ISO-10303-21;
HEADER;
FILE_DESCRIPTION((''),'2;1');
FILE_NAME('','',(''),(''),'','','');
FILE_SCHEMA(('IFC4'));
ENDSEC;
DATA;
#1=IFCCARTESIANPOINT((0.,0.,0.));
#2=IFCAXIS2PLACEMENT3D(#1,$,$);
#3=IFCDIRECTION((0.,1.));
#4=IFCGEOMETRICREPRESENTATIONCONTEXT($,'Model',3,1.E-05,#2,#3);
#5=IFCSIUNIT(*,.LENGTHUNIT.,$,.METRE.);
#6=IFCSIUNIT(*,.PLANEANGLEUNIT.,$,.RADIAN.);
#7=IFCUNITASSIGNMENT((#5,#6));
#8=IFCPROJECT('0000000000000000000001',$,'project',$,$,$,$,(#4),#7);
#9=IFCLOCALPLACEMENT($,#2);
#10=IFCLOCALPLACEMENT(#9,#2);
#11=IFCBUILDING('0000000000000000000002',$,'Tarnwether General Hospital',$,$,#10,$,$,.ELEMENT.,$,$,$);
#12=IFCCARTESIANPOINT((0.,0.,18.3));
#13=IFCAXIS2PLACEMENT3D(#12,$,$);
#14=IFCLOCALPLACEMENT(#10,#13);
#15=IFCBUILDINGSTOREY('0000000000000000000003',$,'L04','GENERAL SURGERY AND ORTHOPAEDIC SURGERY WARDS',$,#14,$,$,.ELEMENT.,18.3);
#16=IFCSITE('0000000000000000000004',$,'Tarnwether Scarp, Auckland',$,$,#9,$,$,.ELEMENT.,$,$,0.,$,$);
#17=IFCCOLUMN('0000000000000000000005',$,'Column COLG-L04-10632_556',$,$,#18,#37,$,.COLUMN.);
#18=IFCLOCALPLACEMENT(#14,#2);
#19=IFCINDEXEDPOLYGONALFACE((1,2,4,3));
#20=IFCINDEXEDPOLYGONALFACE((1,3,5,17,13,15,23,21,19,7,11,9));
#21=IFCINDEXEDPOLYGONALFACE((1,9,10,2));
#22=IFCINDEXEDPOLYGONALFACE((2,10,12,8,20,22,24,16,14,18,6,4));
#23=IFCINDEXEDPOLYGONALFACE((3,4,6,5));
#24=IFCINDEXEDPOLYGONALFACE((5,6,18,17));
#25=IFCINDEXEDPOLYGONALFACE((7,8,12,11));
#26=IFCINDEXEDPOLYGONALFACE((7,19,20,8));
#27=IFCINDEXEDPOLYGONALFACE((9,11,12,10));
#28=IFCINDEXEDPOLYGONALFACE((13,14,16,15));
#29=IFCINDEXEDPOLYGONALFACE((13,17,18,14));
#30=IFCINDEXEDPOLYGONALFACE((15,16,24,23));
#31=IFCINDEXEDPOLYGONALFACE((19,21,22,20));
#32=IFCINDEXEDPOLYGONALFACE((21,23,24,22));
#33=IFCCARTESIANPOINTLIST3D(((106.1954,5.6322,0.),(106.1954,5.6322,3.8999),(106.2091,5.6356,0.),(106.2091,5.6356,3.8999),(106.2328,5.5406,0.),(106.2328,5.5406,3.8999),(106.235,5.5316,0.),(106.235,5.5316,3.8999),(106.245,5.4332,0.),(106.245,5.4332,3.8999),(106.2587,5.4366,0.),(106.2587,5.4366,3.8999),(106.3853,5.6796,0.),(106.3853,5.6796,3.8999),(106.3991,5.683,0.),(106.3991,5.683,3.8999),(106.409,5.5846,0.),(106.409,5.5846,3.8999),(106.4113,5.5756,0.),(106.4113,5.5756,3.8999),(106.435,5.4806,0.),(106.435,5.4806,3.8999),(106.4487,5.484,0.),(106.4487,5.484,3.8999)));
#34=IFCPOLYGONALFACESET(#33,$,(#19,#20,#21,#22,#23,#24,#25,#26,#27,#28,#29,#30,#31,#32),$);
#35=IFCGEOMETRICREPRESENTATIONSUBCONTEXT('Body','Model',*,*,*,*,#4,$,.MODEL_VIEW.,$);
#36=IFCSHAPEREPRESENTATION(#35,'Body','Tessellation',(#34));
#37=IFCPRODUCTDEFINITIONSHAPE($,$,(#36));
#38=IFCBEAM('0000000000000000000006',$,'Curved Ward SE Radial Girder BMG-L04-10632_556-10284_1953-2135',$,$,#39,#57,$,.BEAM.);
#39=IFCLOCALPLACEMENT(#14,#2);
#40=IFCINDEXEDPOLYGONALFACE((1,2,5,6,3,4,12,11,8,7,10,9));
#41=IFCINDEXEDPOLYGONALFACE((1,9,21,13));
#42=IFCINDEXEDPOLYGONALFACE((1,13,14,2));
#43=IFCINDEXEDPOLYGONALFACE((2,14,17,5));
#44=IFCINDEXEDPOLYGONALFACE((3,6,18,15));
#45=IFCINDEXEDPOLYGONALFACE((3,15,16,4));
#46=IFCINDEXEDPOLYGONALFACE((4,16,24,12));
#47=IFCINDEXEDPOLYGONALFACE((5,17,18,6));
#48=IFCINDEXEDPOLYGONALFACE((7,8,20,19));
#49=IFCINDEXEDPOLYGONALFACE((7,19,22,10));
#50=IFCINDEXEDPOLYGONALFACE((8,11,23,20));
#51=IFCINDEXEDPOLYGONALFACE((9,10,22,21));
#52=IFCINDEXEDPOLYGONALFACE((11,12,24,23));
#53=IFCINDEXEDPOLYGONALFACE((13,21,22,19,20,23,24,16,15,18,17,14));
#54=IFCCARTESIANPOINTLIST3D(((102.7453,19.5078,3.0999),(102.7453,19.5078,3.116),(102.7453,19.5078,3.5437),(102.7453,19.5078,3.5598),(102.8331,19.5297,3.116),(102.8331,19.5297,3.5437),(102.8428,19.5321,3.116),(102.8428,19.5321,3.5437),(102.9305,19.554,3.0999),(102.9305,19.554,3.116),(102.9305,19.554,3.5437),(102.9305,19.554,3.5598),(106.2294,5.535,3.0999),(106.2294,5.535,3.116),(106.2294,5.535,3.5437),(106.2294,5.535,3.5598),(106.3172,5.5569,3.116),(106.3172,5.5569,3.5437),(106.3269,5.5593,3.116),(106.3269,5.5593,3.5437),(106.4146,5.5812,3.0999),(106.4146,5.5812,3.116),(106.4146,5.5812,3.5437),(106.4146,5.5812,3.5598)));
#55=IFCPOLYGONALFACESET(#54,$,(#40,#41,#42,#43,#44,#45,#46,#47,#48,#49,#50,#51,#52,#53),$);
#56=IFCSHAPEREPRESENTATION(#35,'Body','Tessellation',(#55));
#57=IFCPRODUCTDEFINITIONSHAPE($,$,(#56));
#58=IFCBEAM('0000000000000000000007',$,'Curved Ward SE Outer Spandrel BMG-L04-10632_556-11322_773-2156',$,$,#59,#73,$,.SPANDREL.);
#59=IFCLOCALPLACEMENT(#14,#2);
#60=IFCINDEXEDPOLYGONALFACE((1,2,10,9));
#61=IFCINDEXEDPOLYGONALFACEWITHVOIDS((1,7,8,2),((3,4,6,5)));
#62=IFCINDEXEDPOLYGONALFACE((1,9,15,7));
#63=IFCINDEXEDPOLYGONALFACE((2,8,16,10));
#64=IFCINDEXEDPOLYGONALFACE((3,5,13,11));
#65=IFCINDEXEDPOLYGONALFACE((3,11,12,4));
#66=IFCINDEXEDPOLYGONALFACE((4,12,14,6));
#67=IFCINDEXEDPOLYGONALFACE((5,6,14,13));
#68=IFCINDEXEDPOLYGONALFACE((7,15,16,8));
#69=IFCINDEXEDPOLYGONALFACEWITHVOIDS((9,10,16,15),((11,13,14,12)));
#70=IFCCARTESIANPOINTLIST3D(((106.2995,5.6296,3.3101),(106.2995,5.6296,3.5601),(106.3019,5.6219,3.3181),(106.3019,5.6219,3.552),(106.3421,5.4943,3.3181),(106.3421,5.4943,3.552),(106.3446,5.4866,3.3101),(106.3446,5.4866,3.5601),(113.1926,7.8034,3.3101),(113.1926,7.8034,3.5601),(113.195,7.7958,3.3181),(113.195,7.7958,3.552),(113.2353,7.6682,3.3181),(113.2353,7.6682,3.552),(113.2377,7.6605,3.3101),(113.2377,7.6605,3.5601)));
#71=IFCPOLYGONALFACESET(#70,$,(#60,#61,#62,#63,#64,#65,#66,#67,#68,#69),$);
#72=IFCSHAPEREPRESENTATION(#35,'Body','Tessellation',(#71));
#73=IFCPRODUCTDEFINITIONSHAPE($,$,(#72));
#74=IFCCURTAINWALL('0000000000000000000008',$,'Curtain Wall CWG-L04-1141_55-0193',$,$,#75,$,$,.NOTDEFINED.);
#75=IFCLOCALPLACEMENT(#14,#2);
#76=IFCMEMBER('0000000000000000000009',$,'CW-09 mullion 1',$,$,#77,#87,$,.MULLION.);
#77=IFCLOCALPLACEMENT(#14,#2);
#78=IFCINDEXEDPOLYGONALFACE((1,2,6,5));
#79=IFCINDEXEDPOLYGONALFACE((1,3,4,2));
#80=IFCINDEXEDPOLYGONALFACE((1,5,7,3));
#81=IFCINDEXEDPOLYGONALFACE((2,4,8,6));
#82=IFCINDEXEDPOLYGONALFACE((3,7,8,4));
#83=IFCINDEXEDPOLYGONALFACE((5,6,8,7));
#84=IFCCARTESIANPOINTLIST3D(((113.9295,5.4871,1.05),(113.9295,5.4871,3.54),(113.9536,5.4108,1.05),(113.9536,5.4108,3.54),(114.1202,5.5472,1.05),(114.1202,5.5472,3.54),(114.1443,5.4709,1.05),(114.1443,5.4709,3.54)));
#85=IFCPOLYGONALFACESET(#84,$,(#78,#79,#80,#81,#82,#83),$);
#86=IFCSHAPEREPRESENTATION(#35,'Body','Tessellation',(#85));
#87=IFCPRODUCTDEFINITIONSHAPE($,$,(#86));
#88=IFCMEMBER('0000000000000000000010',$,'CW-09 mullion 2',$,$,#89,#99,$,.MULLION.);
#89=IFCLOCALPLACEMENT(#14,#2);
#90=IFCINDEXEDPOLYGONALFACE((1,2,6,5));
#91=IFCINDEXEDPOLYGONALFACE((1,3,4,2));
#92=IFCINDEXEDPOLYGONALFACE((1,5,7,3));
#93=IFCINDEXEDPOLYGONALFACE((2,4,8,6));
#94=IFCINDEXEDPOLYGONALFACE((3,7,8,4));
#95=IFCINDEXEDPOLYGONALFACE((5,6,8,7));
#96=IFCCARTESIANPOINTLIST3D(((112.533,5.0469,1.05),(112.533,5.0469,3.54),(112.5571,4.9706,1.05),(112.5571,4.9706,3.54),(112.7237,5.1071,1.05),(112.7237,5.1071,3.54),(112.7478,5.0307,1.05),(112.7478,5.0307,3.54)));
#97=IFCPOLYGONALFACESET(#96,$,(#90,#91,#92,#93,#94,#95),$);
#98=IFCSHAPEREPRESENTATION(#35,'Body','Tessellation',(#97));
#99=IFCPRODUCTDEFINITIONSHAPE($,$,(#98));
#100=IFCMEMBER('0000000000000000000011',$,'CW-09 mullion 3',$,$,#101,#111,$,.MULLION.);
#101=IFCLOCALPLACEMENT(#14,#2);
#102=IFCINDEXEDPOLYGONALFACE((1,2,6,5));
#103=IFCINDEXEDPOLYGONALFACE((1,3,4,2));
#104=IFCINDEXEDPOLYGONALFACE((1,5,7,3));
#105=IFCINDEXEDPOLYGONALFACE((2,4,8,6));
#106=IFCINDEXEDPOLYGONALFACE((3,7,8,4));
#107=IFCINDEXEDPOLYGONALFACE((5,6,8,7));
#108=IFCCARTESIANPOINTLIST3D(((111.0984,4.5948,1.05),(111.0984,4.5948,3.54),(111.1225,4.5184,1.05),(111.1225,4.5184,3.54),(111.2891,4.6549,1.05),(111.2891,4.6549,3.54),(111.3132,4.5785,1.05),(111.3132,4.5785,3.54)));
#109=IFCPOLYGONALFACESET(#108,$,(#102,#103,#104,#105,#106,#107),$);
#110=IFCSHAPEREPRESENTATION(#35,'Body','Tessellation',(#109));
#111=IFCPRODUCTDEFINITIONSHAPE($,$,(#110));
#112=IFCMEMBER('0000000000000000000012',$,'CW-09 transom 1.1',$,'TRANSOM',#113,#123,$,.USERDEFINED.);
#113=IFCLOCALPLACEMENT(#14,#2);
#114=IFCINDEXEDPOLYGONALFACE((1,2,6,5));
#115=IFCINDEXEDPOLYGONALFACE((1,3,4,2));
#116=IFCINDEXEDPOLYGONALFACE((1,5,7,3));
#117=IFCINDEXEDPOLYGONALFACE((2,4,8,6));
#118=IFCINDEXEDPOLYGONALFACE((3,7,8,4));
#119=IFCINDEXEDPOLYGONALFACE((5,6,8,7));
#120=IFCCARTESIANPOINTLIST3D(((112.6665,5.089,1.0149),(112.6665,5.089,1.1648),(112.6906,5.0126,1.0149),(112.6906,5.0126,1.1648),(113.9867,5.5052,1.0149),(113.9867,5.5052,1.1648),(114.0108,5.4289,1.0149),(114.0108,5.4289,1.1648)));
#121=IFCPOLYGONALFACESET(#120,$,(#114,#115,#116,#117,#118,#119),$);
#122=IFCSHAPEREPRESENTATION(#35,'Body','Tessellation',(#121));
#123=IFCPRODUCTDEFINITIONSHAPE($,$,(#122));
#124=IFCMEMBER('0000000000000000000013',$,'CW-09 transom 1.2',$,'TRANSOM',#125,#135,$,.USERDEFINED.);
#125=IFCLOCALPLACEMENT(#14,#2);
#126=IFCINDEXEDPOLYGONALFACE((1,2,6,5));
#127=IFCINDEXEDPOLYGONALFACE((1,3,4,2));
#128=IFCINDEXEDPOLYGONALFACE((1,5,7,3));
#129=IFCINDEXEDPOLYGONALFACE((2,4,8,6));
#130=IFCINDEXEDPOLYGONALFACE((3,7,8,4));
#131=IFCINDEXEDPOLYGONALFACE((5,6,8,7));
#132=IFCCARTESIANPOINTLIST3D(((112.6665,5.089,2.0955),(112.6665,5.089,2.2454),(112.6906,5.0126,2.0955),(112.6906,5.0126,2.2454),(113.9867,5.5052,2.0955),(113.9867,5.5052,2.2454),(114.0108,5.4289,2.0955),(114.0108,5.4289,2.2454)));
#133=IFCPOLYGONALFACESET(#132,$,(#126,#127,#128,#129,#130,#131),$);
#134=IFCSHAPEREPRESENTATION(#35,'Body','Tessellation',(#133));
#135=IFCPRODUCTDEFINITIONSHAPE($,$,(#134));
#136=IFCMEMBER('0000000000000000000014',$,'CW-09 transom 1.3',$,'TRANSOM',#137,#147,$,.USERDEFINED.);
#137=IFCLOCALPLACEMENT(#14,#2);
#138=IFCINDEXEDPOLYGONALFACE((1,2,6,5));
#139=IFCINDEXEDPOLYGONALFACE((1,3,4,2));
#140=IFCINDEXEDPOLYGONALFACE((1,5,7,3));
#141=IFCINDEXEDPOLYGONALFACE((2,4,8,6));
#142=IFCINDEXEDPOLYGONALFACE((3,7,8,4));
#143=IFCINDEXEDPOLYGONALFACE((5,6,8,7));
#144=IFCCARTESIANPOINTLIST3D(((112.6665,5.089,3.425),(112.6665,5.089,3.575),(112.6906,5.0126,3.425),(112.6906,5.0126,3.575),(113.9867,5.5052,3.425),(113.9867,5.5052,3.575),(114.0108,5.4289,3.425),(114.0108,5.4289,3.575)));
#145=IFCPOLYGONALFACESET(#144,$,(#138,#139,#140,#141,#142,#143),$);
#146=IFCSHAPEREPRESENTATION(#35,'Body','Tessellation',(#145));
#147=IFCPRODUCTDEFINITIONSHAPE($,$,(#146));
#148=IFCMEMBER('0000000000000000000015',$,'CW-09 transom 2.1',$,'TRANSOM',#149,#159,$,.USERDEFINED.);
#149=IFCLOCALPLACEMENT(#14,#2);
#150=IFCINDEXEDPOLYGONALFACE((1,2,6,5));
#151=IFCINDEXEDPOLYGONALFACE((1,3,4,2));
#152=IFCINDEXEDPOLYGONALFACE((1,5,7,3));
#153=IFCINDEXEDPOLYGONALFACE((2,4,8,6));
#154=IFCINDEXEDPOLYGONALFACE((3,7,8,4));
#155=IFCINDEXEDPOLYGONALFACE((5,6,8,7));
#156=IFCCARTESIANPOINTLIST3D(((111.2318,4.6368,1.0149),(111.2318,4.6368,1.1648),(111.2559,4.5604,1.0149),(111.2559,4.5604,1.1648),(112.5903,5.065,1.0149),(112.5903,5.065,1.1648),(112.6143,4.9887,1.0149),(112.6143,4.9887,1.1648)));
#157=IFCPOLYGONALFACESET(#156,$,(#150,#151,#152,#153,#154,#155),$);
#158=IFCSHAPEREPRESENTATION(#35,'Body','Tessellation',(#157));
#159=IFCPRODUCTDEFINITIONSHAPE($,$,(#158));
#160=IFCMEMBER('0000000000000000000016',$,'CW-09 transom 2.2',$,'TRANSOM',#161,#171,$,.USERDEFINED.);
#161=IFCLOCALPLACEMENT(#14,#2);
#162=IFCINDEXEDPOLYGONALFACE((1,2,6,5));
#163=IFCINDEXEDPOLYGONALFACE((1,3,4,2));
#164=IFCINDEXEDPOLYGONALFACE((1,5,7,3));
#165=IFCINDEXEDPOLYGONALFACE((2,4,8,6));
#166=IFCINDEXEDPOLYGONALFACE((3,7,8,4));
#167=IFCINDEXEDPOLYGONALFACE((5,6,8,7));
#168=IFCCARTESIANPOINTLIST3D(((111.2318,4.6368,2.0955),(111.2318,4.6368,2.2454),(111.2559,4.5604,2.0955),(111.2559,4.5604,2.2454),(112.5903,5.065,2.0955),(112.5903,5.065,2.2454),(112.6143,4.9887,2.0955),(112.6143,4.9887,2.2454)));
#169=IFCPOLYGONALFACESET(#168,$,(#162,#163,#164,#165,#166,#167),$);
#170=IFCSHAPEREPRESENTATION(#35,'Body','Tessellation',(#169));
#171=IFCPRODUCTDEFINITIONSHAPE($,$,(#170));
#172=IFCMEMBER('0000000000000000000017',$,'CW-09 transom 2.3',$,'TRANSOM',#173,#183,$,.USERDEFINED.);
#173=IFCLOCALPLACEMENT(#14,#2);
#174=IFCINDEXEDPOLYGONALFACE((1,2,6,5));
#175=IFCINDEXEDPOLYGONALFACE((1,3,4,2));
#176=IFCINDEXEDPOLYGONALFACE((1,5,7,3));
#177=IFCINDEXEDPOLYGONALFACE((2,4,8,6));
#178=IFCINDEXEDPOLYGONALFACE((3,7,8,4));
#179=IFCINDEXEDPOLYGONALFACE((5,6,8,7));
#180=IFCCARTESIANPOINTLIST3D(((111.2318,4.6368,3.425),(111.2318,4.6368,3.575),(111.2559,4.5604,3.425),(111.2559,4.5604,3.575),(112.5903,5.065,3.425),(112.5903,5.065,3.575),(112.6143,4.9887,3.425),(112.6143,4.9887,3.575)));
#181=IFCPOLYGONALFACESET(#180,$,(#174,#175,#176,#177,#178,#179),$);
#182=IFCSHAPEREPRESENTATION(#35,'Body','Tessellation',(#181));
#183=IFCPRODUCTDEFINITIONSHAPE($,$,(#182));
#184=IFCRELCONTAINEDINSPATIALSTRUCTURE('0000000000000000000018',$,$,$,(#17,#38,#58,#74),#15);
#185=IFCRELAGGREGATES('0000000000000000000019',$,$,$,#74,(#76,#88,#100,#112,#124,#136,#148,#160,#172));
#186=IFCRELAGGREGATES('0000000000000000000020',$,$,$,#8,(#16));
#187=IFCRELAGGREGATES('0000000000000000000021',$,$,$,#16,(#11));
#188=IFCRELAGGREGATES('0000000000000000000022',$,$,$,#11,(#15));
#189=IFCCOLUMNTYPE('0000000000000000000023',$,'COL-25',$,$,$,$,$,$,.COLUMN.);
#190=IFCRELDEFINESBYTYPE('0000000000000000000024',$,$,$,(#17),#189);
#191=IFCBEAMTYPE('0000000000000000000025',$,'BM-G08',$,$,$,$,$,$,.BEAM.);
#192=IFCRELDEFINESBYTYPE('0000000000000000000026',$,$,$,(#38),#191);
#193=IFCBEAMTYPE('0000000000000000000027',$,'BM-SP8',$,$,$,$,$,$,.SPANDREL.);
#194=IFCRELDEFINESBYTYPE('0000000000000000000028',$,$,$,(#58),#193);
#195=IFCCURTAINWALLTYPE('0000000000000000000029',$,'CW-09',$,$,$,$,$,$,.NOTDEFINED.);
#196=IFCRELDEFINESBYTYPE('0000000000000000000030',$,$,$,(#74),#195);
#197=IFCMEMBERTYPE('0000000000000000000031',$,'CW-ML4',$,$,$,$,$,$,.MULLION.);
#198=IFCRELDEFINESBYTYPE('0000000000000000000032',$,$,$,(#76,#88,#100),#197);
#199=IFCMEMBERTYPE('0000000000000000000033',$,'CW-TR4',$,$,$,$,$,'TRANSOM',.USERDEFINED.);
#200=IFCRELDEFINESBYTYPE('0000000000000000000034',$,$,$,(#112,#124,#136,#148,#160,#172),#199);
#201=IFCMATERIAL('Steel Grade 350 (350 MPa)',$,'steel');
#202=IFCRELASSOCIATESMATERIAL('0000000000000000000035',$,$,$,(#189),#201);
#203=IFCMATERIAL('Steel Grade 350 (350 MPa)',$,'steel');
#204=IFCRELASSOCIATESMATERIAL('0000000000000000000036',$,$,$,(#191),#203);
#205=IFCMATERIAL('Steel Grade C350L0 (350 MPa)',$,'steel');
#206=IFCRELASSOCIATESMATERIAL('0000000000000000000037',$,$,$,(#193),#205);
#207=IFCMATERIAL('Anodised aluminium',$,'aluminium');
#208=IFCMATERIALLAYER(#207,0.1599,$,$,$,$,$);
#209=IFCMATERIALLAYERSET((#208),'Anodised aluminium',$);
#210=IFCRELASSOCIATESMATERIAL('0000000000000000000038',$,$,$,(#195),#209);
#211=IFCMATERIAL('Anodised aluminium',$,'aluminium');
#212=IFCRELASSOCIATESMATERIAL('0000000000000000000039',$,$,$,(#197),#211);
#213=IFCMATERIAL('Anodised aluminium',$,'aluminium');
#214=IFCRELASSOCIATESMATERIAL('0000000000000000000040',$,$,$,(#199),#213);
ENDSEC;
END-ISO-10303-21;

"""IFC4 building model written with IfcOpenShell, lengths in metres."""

from ifc_helpers import new_model, si_unit, direction, frame, origin, origin_2d, place, context, subcontext, project, spatial, rectangle, hollow_rectangle, i_section, extrude, material, layer, layer_set, material_profile, profile_set, type_object, element, aggregate, save


model = new_model("IFC4")

# Units and contexts
model_context = context("Model", 3, precision=1e-05, world=origin(), true_north=direction((0.0, 1.0)))
body_context = subcontext(model_context, "Body", "Model", "MODEL_VIEW")
ifc_project = project(units=[si_unit("LENGTHUNIT", "METRE"), si_unit("PLANEANGLEUNIT", "RADIAN")], contexts=[model_context])

# Site, building, storey
site_placement = place(None, origin())
site = spatial("IfcSite", under=ifc_project, at=site_placement, Name="Tarnwether Scarp, Auckland", CompositionType="ELEMENT", RefElevation=0.0)
building_placement = place(site_placement, origin())
building = spatial("IfcBuilding", under=site, at=building_placement, Name="Tarnwether General Hospital", CompositionType="ELEMENT")
storey_placement = place(building_placement, frame((0.0, 0.0, 18.3)))
storey = spatial("IfcBuildingStorey", under=building, at=storey_placement, Name="L04", Description="GENERAL SURGERY AND ORTHOPAEDIC SURGERY WARDS", CompositionType="ELEMENT", Elevation=18.3)

# Column
ifc_material_1 = material(Name="Steel Grade 350 (350 MPa)", Category="steel")
ifc_material_profile_1 = material_profile(ifc_material_1, i_section(OverallWidth=0.2051, OverallDepth=0.21, WebThickness=0.0093, FlangeThickness=0.0142, at=origin_2d()), Name="200UC59.5")
ifc_profile_set_1 = profile_set([ifc_material_profile_1], Name="Steel Grade 350 (350 MPa)")
column_type = type_object("IfcColumnType", Name="COL-25", PredefinedType="COLUMN", material=ifc_profile_set_1)
column_placement = place(storey_placement, frame((106.322, 5.5581, 0.0), z_axis=(0.0, 0.0, 1.0), x_axis=(-0.241922, 0.970296, 0.0)))
element("IfcColumn", 1, at=column_placement, inside=storey, type_object=column_type, Name="Column COLG-L04-10632_556", PredefinedType="COLUMN", context=body_context, shape_type="SweptSolid", body=[
    extrude(i_section(OverallWidth=0.2051, OverallDepth=0.21, WebThickness=0.0093, FlangeThickness=0.0142, at=origin_2d()), origin(), (0.0, 0.0, 1.0), 3.8999),
])

# Beams
ifc_material_2 = material(Name="Steel Grade 350 (350 MPa)", Category="steel")
ifc_material_profile_2 = material_profile(ifc_material_2, i_section(OverallWidth=0.1909, OverallDepth=0.46, WebThickness=0.01, FlangeThickness=0.0161, at=origin_2d()), Name="460UB82.1")
ifc_profile_set_2 = profile_set([ifc_material_profile_2], Name="Steel Grade 350 (350 MPa)")
beam_type_1 = type_object("IfcBeamType", Name="BM-G08", PredefinedType="BEAM", material=ifc_profile_set_2)
beam_1_placement = place(storey_placement, frame((106.322, 5.5581, 3.3298), z_axis=(-0.241941, 0.970291, 0.0), x_axis=(-0.970291, -0.241941, 0.0)))
element("IfcBeam", 2, at=beam_1_placement, inside=storey, type_object=beam_type_1, Name="Curved Ward SE Radial Girder BMG-L04-10632_556-10284_1953-2135", PredefinedType="BEAM", context=body_context, shape_type="SweptSolid", body=[
    extrude(i_section(OverallWidth=0.1909, OverallDepth=0.46, WebThickness=0.01, FlangeThickness=0.0161, at=origin_2d()), origin(), (0.0, 0.0, 1.0), 14.4006),
])
ifc_material_3 = material(Name="Steel Grade C350L0 (350 MPa)", Category="steel")
ifc_material_profile_3 = material_profile(ifc_material_3, hollow_rectangle(XDim=0.1499, YDim=0.25, WallThickness=0.0081, at=origin_2d()), Name="RHS250x150x8")
ifc_profile_set_3 = profile_set([ifc_material_profile_3], Name="Steel Grade C350L0 (350 MPa)")
beam_type_2 = type_object("IfcBeamType", Name="BM-SP8", PredefinedType="SPANDREL", material=ifc_profile_set_3)
beam_2_placement = place(storey_placement, frame((106.322, 5.5581, 3.4351), z_axis=(0.953699, 0.300763, 0.0), x_axis=(-0.300763, 0.953699, 0.0)))
element("IfcBeam", 3, at=beam_2_placement, inside=storey, type_object=beam_type_2, Name="Curved Ward SE Outer Spandrel BMG-L04-10632_556-11322_773-2156", PredefinedType="SPANDREL", context=body_context, shape_type="SweptSolid", body=[
    extrude(hollow_rectangle(XDim=0.1499, YDim=0.25, WallThickness=0.0081, at=origin_2d()), origin(), (0.0, 0.0, 1.0), 7.2278),
])

# Curtain wall, members
ifc_material_4 = material(Name="Anodised aluminium", Category="aluminium")
ifc_layer_1 = layer(ifc_material_4, 0.1599)
ifc_layer_set_1 = layer_set([ifc_layer_1], Name="Anodised aluminium")
curtain_wall_type = type_object("IfcCurtainWallType", Name="CW-09", PredefinedType="NOTDEFINED", material=ifc_layer_set_1)
curtain_wall_placement = place(storey_placement, origin())
curtain_wall = element("IfcCurtainWall", 4, at=curtain_wall_placement, inside=storey, type_object=curtain_wall_type, Name="Curtain Wall CWG-L04-1141_55-0193", PredefinedType="NOTDEFINED")
ifc_material_5 = material(Name="Anodised aluminium", Category="aluminium")
ifc_material_profile_4 = material_profile(ifc_material_5, rectangle(XDim=0.0801, YDim=0.2, at=origin_2d()), Name="ALU-MUL-80x200")
ifc_profile_set_4 = profile_set([ifc_material_profile_4], Name="Anodised aluminium")
member_type_1 = type_object("IfcMemberType", Name="CW-ML4", PredefinedType="MULLION", material=ifc_profile_set_4)
member_1_placement = place(storey_placement, frame((114.0369, 5.479, 1.05), z_axis=(0.0, 0.0, 1.0), x_axis=(0.300629, -0.953741, 0.0)))
member_1 = element("IfcMember", 5, at=member_1_placement, type_object=member_type_1, Name="CW-09 mullion 1", PredefinedType="MULLION", context=body_context, shape_type="SweptSolid", body=[
    extrude(rectangle(XDim=0.0801, YDim=0.2, at=origin_2d()), origin(), (0.0, 0.0, 1.0), 2.49),
])
member_2_placement = place(storey_placement, frame((112.6404, 5.0388, 1.05), z_axis=(0.0, 0.0, 1.0), x_axis=(0.300629, -0.953741, 0.0)))
member_2 = element("IfcMember", 6, at=member_2_placement, type_object=member_type_1, Name="CW-09 mullion 2", PredefinedType="MULLION", context=body_context, shape_type="SweptSolid", body=[
    extrude(rectangle(XDim=0.0801, YDim=0.2, at=origin_2d()), origin(), (0.0, 0.0, 1.0), 2.49),
])
member_3_placement = place(storey_placement, frame((111.2058, 4.5867, 1.05), z_axis=(0.0, 0.0, 1.0), x_axis=(0.300629, -0.953741, 0.0)))
member_3 = element("IfcMember", 7, at=member_3_placement, type_object=member_type_1, Name="CW-09 mullion 3", PredefinedType="MULLION", context=body_context, shape_type="SweptSolid", body=[
    extrude(rectangle(XDim=0.0801, YDim=0.2, at=origin_2d()), origin(), (0.0, 0.0, 1.0), 2.49),
])
ifc_material_6 = material(Name="Anodised aluminium", Category="aluminium")
ifc_material_profile_5 = material_profile(ifc_material_6, rectangle(XDim=0.0801, YDim=0.1499, at=origin_2d()), Name="ALU-TRN-80x150")
ifc_profile_set_5 = profile_set([ifc_material_profile_5], Name="Anodised aluminium")
member_type_2 = type_object("IfcMemberType", Name="CW-TR4", ElementType="TRANSOM", PredefinedType="USERDEFINED", material=ifc_profile_set_5)
member_4_placement = place(storey_placement, frame((113.9988, 5.467, 1.0898), z_axis=(-0.953724, -0.300684, 0.0), x_axis=(0.300684, -0.953724, 0.0)))
member_4 = element("IfcMember", 8, at=member_4_placement, type_object=member_type_2, Name="CW-09 transom 1.1", ObjectType="TRANSOM", PredefinedType="USERDEFINED", context=body_context, shape_type="SweptSolid", body=[
    extrude(rectangle(XDim=0.0801, YDim=0.1499, at=origin_2d()), origin(), (0.0, 0.0, 1.0), 1.3843),
])
member_5_placement = place(storey_placement, frame((113.9988, 5.467, 2.1704), z_axis=(-0.953724, -0.300684, 0.0), x_axis=(0.300684, -0.953724, 0.0)))
member_5 = element("IfcMember", 9, at=member_5_placement, type_object=member_type_2, Name="CW-09 transom 1.2", ObjectType="TRANSOM", PredefinedType="USERDEFINED", context=body_context, shape_type="SweptSolid", body=[
    extrude(rectangle(XDim=0.0801, YDim=0.1499, at=origin_2d()), origin(), (0.0, 0.0, 1.0), 1.3843),
])
member_6_placement = place(storey_placement, frame((113.9988, 5.467, 3.5), z_axis=(-0.953724, -0.300684, 0.0), x_axis=(0.300684, -0.953724, 0.0)))
member_6 = element("IfcMember", 10, at=member_6_placement, type_object=member_type_2, Name="CW-09 transom 1.3", ObjectType="TRANSOM", PredefinedType="USERDEFINED", context=body_context, shape_type="SweptSolid", body=[
    extrude(rectangle(XDim=0.0801, YDim=0.1499, at=origin_2d()), origin(), (0.0, 0.0, 1.0), 1.3843),
])
member_7_placement = place(storey_placement, frame((112.6023, 5.0269, 1.0898), z_axis=(-0.953733, -0.300656, 0.0), x_axis=(0.300656, -0.953733, 0.0)))
member_7 = element("IfcMember", 11, at=member_7_placement, type_object=member_type_2, Name="CW-09 transom 2.1", ObjectType="TRANSOM", PredefinedType="USERDEFINED", context=body_context, shape_type="SweptSolid", body=[
    extrude(rectangle(XDim=0.0801, YDim=0.1499, at=origin_2d()), origin(), (0.0, 0.0, 1.0), 1.4243),
])
member_8_placement = place(storey_placement, frame((112.6023, 5.0269, 2.1704), z_axis=(-0.953733, -0.300656, 0.0), x_axis=(0.300656, -0.953733, 0.0)))
member_8 = element("IfcMember", 12, at=member_8_placement, type_object=member_type_2, Name="CW-09 transom 2.2", ObjectType="TRANSOM", PredefinedType="USERDEFINED", context=body_context, shape_type="SweptSolid", body=[
    extrude(rectangle(XDim=0.0801, YDim=0.1499, at=origin_2d()), origin(), (0.0, 0.0, 1.0), 1.4243),
])
member_9_placement = place(storey_placement, frame((112.6023, 5.0269, 3.5), z_axis=(-0.953733, -0.300656, 0.0), x_axis=(0.300656, -0.953733, 0.0)))
member_9 = element("IfcMember", 13, at=member_9_placement, type_object=member_type_2, Name="CW-09 transom 2.3", ObjectType="TRANSOM", PredefinedType="USERDEFINED", context=body_context, shape_type="SweptSolid", body=[
    extrude(rectangle(XDim=0.0801, YDim=0.1499, at=origin_2d()), origin(), (0.0, 0.0, 1.0), 1.4243),
])
aggregate(curtain_wall, [member_1, member_2, member_3, member_4, member_5, member_6, member_7, member_8, member_9])

save(model, "model.ifc")
